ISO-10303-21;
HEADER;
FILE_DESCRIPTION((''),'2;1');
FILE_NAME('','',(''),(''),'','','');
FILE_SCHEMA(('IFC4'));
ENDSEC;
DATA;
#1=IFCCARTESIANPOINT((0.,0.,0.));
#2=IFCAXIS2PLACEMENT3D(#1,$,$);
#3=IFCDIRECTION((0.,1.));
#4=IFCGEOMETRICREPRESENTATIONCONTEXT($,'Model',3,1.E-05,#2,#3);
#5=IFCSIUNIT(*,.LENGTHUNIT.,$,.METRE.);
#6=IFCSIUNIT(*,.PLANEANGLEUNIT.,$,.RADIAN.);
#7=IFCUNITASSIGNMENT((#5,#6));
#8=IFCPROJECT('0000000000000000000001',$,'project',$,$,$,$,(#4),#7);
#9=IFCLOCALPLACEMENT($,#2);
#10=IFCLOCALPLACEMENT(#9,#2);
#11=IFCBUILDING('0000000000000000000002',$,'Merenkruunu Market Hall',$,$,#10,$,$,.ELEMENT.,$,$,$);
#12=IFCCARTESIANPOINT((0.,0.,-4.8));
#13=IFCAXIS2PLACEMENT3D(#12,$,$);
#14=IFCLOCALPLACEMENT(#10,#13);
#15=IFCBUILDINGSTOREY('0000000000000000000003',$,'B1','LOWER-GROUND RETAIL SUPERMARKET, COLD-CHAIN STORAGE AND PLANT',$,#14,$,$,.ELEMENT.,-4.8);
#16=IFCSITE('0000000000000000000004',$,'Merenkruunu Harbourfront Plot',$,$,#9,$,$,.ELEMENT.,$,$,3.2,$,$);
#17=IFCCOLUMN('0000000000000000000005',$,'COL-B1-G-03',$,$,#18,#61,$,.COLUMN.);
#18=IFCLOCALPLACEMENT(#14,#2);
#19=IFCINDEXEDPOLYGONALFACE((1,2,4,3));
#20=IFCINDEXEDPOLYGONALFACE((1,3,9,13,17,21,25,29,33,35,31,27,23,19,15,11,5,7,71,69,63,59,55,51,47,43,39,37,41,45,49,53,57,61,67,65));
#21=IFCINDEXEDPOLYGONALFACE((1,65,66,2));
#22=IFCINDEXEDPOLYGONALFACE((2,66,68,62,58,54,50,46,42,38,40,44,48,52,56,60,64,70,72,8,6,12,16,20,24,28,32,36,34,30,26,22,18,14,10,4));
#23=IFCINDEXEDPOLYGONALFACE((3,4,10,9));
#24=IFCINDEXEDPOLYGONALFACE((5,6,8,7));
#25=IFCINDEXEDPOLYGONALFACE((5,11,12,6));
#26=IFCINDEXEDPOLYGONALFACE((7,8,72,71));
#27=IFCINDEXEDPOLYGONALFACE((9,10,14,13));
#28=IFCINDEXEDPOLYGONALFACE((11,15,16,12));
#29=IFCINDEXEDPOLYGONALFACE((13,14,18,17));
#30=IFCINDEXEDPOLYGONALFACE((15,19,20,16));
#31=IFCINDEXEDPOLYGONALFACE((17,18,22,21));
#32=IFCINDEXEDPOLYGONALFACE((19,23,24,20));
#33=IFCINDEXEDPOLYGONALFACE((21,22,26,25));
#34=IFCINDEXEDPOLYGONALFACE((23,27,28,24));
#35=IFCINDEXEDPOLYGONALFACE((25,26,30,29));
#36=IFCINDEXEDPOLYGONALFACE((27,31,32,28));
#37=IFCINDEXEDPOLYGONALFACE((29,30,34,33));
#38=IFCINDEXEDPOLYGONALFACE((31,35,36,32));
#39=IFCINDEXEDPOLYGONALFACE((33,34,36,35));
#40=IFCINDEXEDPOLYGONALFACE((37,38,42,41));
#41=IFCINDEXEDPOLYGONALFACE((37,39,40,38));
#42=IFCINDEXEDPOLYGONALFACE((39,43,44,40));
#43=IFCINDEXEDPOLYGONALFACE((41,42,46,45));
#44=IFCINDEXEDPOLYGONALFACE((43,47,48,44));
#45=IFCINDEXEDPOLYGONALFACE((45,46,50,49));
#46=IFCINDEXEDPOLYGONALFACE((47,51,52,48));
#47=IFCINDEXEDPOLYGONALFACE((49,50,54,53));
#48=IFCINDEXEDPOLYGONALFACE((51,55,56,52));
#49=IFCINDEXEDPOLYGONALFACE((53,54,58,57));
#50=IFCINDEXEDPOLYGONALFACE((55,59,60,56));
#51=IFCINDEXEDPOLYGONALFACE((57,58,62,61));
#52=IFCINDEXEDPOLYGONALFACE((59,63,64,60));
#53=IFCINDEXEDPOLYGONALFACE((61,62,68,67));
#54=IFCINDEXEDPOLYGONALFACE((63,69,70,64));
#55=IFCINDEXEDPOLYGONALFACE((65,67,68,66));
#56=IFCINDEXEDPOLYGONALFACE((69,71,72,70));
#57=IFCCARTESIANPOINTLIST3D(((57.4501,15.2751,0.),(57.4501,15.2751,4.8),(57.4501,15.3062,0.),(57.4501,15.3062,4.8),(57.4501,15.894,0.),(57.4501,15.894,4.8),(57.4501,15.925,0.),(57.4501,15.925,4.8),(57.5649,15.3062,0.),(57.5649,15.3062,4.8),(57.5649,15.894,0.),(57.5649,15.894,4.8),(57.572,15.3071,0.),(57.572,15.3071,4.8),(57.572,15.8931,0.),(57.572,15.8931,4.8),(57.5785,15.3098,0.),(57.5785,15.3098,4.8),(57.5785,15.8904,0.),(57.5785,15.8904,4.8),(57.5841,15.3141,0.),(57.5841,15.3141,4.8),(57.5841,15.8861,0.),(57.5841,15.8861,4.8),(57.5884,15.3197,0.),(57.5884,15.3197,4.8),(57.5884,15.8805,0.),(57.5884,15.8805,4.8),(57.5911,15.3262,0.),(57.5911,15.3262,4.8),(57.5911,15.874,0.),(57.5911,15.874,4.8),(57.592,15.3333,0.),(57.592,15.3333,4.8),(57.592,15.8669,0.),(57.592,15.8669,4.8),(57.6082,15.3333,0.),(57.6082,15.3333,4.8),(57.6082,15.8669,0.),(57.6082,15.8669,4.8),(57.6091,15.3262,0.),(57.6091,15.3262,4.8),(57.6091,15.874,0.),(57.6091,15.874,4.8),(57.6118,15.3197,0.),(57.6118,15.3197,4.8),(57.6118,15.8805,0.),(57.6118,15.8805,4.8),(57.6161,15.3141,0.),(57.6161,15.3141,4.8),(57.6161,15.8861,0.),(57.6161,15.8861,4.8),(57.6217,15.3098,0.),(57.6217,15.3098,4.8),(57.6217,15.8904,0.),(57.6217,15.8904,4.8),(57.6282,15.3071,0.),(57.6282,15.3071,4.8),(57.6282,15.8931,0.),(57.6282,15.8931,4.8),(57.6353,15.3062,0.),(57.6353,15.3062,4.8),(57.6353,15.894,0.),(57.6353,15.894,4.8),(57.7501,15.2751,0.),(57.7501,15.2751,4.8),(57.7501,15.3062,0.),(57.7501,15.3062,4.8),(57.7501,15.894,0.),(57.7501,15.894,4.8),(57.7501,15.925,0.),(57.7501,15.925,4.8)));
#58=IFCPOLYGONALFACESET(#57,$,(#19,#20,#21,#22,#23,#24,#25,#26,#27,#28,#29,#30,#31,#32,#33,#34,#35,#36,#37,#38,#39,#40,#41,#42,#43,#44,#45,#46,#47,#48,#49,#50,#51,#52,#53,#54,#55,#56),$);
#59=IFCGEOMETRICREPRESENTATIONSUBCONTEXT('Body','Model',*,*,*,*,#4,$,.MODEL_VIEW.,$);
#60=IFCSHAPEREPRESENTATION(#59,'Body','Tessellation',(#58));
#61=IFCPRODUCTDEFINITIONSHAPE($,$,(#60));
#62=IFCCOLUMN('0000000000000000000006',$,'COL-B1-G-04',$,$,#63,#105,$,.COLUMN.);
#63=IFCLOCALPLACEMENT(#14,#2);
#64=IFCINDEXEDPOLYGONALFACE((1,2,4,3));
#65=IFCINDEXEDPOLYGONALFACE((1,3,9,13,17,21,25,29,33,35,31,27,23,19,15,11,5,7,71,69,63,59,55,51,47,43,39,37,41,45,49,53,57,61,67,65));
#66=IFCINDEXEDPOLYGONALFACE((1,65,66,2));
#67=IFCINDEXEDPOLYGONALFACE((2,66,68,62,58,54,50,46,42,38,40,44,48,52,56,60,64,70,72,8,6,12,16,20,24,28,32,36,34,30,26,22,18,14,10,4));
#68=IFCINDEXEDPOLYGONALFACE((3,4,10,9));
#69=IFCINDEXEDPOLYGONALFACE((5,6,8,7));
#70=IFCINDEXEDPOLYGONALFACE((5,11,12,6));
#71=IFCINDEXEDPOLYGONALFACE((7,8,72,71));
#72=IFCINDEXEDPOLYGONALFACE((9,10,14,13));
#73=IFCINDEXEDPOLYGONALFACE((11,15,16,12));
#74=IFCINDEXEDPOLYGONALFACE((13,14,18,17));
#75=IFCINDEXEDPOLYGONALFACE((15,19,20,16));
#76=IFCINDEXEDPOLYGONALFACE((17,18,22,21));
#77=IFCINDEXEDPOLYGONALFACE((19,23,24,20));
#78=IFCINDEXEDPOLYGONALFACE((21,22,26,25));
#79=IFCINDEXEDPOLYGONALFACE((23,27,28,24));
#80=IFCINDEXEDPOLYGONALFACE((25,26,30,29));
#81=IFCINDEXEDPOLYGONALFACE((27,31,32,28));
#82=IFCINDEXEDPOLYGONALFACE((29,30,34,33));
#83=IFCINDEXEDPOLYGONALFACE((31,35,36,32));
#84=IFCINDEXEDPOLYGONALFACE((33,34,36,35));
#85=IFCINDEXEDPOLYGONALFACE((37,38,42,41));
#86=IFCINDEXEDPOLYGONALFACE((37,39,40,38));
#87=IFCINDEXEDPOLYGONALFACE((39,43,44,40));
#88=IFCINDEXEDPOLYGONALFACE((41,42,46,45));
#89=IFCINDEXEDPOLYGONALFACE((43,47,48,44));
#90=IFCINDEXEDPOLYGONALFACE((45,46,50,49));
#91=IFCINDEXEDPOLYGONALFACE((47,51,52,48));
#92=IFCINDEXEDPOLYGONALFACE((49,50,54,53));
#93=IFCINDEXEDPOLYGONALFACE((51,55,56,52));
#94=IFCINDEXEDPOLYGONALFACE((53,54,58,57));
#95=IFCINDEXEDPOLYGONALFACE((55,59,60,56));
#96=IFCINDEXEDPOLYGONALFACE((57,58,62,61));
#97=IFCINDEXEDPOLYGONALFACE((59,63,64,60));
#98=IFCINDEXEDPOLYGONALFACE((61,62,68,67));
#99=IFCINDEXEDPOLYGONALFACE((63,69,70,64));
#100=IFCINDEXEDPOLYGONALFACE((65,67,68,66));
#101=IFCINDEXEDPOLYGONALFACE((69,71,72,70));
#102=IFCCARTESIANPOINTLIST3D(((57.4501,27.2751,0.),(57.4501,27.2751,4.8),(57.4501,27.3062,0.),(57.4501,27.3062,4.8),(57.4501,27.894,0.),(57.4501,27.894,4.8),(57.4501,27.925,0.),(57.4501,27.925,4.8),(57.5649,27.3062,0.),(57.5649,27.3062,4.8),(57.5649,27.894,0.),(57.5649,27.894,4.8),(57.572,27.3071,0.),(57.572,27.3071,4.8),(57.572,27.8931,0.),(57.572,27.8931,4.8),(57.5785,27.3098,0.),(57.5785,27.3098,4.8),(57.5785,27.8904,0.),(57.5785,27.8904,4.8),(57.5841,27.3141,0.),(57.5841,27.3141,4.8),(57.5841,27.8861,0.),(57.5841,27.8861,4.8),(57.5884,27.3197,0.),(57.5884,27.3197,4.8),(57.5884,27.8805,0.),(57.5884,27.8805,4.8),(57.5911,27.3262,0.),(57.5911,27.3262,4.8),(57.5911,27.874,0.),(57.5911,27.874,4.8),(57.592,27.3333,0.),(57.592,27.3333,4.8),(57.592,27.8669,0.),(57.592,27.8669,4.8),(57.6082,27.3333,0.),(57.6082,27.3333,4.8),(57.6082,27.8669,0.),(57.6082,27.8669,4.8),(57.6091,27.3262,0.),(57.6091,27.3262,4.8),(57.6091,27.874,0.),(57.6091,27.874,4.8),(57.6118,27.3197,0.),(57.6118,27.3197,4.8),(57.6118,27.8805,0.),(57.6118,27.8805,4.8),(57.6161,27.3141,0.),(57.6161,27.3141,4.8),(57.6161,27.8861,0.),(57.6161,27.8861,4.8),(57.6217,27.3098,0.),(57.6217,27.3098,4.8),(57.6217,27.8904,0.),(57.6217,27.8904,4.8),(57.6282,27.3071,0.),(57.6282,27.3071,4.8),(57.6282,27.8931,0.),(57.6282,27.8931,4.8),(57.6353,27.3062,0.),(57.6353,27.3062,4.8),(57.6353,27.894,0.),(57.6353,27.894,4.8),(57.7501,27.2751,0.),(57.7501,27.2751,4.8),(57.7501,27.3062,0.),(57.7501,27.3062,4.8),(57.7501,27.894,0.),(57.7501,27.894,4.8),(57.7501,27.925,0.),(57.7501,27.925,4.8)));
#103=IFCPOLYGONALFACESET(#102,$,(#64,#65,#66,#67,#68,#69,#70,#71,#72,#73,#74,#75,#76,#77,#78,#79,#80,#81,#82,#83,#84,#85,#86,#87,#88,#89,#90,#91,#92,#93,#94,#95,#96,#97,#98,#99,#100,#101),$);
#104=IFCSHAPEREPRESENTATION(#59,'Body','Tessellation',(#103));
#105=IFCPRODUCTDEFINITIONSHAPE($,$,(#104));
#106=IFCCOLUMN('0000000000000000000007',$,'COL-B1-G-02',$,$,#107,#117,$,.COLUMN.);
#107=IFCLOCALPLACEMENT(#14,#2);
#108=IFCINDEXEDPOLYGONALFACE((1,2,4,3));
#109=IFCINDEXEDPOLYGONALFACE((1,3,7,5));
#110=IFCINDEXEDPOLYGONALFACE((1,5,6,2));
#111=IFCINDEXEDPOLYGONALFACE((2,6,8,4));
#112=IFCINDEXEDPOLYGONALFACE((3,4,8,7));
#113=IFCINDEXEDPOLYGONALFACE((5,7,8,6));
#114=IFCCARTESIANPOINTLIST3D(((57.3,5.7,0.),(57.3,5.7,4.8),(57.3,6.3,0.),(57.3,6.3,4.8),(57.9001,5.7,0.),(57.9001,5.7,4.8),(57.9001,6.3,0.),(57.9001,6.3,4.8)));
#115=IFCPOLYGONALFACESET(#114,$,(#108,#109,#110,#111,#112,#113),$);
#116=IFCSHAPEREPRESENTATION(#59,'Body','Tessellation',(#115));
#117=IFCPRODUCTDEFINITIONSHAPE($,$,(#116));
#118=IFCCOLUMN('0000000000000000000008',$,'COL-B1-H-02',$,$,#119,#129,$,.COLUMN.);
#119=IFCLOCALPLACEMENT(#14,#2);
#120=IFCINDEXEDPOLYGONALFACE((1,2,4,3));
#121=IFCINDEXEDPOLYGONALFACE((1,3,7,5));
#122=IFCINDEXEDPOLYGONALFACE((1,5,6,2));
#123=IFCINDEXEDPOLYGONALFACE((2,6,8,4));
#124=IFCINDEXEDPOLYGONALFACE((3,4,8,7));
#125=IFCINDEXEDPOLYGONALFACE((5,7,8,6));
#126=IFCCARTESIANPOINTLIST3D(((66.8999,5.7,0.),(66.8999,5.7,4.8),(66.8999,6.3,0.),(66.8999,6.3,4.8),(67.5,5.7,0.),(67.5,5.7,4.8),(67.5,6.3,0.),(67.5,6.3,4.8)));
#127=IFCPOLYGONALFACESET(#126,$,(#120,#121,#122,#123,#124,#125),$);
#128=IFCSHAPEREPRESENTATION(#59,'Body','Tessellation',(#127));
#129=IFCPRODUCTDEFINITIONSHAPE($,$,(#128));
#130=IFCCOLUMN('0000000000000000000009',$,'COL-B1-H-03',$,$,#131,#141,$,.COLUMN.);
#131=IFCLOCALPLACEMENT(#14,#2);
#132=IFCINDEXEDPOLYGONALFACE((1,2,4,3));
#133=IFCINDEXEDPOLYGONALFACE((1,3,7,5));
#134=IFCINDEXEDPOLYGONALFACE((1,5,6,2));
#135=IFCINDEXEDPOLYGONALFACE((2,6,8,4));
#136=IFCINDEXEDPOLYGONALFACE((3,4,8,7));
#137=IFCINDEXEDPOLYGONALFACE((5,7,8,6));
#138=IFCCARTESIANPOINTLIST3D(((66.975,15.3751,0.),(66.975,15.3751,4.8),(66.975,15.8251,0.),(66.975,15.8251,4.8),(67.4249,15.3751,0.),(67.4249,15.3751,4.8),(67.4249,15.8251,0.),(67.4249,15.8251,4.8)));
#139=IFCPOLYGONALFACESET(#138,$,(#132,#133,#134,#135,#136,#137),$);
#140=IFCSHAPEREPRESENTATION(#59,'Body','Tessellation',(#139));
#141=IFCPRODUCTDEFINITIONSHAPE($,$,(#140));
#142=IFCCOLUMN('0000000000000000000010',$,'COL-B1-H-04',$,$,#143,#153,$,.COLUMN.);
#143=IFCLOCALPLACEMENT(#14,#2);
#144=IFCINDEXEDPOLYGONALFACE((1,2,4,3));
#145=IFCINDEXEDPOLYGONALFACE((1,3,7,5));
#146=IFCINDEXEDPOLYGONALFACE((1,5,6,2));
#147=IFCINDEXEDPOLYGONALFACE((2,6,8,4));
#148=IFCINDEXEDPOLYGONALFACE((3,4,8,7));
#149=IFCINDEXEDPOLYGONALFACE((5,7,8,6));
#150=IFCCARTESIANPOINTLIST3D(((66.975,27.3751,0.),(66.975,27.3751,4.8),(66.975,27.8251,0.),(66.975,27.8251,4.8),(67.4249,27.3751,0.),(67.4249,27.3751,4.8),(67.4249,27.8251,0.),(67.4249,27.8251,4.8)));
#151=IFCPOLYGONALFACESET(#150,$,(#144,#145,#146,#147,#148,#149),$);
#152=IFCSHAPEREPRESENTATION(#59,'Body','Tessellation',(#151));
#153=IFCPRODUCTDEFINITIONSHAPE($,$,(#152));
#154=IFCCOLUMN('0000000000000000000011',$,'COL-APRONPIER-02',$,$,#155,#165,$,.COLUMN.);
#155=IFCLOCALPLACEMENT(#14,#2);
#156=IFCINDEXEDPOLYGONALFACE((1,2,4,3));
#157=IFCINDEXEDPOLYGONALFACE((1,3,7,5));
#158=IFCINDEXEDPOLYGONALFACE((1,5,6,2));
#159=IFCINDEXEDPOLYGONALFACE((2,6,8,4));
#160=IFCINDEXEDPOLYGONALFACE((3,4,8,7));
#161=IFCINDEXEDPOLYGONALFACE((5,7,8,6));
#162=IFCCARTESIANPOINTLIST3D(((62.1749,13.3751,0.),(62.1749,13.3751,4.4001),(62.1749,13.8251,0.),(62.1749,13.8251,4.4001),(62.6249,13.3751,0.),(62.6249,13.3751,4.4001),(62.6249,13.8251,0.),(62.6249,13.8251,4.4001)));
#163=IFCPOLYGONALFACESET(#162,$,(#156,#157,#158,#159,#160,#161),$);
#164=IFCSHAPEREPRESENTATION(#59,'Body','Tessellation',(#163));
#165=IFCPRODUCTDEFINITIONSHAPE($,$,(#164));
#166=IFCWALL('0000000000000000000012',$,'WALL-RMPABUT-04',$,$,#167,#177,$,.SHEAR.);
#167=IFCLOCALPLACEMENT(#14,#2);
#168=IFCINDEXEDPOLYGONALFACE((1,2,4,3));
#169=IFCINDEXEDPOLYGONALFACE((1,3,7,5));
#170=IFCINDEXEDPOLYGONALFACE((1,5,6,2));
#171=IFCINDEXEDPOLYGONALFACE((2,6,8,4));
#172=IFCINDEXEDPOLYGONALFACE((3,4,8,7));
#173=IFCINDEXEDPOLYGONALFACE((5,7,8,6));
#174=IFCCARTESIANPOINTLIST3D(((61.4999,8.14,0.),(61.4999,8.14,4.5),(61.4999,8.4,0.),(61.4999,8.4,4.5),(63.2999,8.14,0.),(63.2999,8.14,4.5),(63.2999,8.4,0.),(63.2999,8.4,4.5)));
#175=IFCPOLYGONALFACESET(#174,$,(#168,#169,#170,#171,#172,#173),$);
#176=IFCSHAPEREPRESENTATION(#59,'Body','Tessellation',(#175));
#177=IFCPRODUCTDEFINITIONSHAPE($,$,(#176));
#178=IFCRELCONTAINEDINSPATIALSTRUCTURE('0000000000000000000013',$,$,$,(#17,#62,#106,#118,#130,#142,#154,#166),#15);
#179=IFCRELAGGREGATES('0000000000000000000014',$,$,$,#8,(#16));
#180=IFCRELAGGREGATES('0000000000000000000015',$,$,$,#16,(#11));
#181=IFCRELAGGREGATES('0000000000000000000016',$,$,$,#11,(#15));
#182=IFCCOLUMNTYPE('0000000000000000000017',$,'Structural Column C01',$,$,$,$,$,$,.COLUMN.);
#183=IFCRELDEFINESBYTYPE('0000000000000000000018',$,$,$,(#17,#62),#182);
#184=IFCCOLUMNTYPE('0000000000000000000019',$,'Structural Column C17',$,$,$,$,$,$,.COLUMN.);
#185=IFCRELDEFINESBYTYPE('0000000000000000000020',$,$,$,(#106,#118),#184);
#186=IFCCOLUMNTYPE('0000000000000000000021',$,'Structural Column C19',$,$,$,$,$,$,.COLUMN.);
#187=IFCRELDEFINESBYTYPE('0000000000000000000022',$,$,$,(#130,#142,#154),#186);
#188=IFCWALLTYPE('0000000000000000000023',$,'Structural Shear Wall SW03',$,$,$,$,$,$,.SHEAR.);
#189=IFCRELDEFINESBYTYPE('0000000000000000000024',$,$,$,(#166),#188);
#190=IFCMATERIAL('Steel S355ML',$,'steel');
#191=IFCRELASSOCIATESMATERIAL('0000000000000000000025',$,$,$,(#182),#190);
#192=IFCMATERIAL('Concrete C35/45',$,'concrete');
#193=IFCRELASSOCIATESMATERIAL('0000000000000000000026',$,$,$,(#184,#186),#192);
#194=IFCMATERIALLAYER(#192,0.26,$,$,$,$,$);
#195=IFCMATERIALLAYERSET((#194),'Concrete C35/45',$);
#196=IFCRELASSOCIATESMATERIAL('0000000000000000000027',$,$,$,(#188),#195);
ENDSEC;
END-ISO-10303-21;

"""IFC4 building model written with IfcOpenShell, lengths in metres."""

from ifc_helpers import new_model, si_unit, direction, frame, frame_2d, origin, origin_2d, place, context, subcontext, project, spatial, rectangle, i_section, extrude, material, layer, layer_set, material_profile, profile_set, type_object, element, save


model = new_model("IFC4")

# Units and contexts
model_context = context("Model", 3, precision=1e-05, world=origin(), true_north=direction((0.0, 1.0)))
body_context = subcontext(model_context, "Body", "Model", "MODEL_VIEW")
ifc_project = project(units=[si_unit("LENGTHUNIT", "METRE"), si_unit("PLANEANGLEUNIT", "RADIAN")], contexts=[model_context])

# Site, building, storey
site_placement = place(None, origin())
site = spatial("IfcSite", under=ifc_project, at=site_placement, Name="Merenkruunu Harbourfront Plot", CompositionType="ELEMENT", RefElevation=3.2)
building_placement = place(site_placement, origin())
building = spatial("IfcBuilding", under=site, at=building_placement, Name="Merenkruunu Market Hall", CompositionType="ELEMENT")
storey_placement = place(building_placement, frame((0.0, 0.0, -4.8)))
storey = spatial("IfcBuildingStorey", under=building, at=storey_placement, Name="B1", Description="LOWER-GROUND RETAIL SUPERMARKET, COLD-CHAIN STORAGE AND PLANT", CompositionType="ELEMENT", Elevation=-4.8)

# Shared definitions
ifc_material_1 = material(Name="Concrete C35/45", Category="concrete")

# Columns
ifc_material_2 = material(Name="Steel S355ML", Category="steel")
ifc_material_profile_1 = material_profile(ifc_material_2, i_section(OverallWidth=0.3, OverallDepth=0.6499, WebThickness=0.0161, FlangeThickness=0.031, FilletRadius=0.0271, at=origin_2d()), Name="HEB 650")
ifc_profile_set_1 = profile_set([ifc_material_profile_1], Name="Steel S355ML")
column_type_1 = type_object("IfcColumnType", Name="Structural Column C01", PredefinedType="COLUMN", material=ifc_profile_set_1)
for number, where, z_axis, x_axis, name in (
    (1, (57.6001, 15.6001, 0.0), (0.0, 0.0, 1.0), (1.0, 0.0, 0.0), "COL-B1-G-03"),
    (2, (57.6001, 27.6001, 0.0), (0.0, 0.0, 1.0), (1.0, 0.0, 0.0), "COL-B1-G-04"),
):
    element("IfcColumn", number, at=place(storey_placement, frame(where, z_axis=z_axis, x_axis=x_axis)), inside=storey, type_object=column_type_1, Name=name, PredefinedType="COLUMN", context=body_context, shape_type="SweptSolid", body=[
        extrude(i_section(OverallWidth=0.3, OverallDepth=0.6499, WebThickness=0.0161, FlangeThickness=0.031, FilletRadius=0.0271, at=origin_2d()), origin(), (0.0, 0.0, 1.0), 4.8),
    ])
ifc_material_profile_2 = material_profile(ifc_material_1, rectangle(XDim=0.6001, YDim=0.6001, at=origin_2d()), Name="RC 600x600")
ifc_profile_set_2 = profile_set([ifc_material_profile_2], Name="Concrete C35/45")
column_type_2 = type_object("IfcColumnType", Name="Structural Column C17", PredefinedType="COLUMN", material=ifc_profile_set_2)
for number, where, z_axis, x_axis, name in (
    (3, (57.6001, 6.0, 0.0), (0.0, 0.0, 1.0), (1.0, 0.0, 0.0), "COL-B1-G-02"),
    (4, (67.2, 6.0, 0.0), (0.0, 0.0, 1.0), (1.0, 0.0, 0.0), "COL-B1-H-02"),
):
    element("IfcColumn", number, at=place(storey_placement, frame(where, z_axis=z_axis, x_axis=x_axis)), inside=storey, type_object=column_type_2, Name=name, PredefinedType="COLUMN", context=body_context, shape_type="SweptSolid", body=[
        extrude(rectangle(XDim=0.6001, YDim=0.6001, at=origin_2d()), origin(), (0.0, 0.0, 1.0), 4.8),
    ])
ifc_material_profile_3 = material_profile(ifc_material_1, rectangle(XDim=0.45, YDim=0.45, at=origin_2d()), Name="RC 450x450")
ifc_profile_set_3 = profile_set([ifc_material_profile_3], Name="Concrete C35/45")
column_type_3 = type_object("IfcColumnType", Name="Structural Column C19", PredefinedType="COLUMN", material=ifc_profile_set_3)
for number, where, z_axis, x_axis, name in (
    (5, (67.2, 15.6001, 0.0), (0.0, 0.0, 1.0), (1.0, 0.0, 0.0), "COL-B1-H-03"),
    (6, (67.2, 27.6001, 0.0), (0.0, 0.0, 1.0), (1.0, 0.0, 0.0), "COL-B1-H-04"),
):
    element("IfcColumn", number, at=place(storey_placement, frame(where, z_axis=z_axis, x_axis=x_axis)), inside=storey, type_object=column_type_3, Name=name, PredefinedType="COLUMN", context=body_context, shape_type="SweptSolid", body=[
        extrude(rectangle(XDim=0.45, YDim=0.45, at=origin_2d()), origin(), (0.0, 0.0, 1.0), 4.8),
    ])
column_placement = place(storey_placement, frame((62.3999, 13.6001, 0.0), z_axis=(0.0, 0.0, 1.0), x_axis=(1.0, 0.0, 0.0)))
element("IfcColumn", 7, at=column_placement, inside=storey, type_object=column_type_3, Name="COL-APRONPIER-02", PredefinedType="COLUMN", context=body_context, shape_type="SweptSolid", body=[
    extrude(rectangle(XDim=0.45, YDim=0.45, at=origin_2d()), origin(), (0.0, 0.0, 1.0), 4.4001),
])

# Wall
ifc_layer_1 = layer(ifc_material_1, 0.26)
ifc_layer_set_1 = layer_set([ifc_layer_1], Name="Concrete C35/45")
wall_type = type_object("IfcWallType", Name="Structural Shear Wall SW03", PredefinedType="SHEAR", material=ifc_layer_set_1)
wall_placement = place(storey_placement, frame((61.5, 8.27, 0.0), z_axis=(0.0, 0.0, 1.0), x_axis=(1.0, 0.0, 0.0)))
element("IfcWall", 8, at=wall_placement, inside=storey, type_object=wall_type, Name="WALL-RMPABUT-04", PredefinedType="SHEAR", context=body_context, shape_type="SweptSolid", body=[
    extrude(rectangle(XDim=1.8, YDim=0.26, at=frame_2d((0.8999, 0.0))), origin(), (0.0, 0.0, 1.0), 4.5),
])

save(model, "model.ifc")
